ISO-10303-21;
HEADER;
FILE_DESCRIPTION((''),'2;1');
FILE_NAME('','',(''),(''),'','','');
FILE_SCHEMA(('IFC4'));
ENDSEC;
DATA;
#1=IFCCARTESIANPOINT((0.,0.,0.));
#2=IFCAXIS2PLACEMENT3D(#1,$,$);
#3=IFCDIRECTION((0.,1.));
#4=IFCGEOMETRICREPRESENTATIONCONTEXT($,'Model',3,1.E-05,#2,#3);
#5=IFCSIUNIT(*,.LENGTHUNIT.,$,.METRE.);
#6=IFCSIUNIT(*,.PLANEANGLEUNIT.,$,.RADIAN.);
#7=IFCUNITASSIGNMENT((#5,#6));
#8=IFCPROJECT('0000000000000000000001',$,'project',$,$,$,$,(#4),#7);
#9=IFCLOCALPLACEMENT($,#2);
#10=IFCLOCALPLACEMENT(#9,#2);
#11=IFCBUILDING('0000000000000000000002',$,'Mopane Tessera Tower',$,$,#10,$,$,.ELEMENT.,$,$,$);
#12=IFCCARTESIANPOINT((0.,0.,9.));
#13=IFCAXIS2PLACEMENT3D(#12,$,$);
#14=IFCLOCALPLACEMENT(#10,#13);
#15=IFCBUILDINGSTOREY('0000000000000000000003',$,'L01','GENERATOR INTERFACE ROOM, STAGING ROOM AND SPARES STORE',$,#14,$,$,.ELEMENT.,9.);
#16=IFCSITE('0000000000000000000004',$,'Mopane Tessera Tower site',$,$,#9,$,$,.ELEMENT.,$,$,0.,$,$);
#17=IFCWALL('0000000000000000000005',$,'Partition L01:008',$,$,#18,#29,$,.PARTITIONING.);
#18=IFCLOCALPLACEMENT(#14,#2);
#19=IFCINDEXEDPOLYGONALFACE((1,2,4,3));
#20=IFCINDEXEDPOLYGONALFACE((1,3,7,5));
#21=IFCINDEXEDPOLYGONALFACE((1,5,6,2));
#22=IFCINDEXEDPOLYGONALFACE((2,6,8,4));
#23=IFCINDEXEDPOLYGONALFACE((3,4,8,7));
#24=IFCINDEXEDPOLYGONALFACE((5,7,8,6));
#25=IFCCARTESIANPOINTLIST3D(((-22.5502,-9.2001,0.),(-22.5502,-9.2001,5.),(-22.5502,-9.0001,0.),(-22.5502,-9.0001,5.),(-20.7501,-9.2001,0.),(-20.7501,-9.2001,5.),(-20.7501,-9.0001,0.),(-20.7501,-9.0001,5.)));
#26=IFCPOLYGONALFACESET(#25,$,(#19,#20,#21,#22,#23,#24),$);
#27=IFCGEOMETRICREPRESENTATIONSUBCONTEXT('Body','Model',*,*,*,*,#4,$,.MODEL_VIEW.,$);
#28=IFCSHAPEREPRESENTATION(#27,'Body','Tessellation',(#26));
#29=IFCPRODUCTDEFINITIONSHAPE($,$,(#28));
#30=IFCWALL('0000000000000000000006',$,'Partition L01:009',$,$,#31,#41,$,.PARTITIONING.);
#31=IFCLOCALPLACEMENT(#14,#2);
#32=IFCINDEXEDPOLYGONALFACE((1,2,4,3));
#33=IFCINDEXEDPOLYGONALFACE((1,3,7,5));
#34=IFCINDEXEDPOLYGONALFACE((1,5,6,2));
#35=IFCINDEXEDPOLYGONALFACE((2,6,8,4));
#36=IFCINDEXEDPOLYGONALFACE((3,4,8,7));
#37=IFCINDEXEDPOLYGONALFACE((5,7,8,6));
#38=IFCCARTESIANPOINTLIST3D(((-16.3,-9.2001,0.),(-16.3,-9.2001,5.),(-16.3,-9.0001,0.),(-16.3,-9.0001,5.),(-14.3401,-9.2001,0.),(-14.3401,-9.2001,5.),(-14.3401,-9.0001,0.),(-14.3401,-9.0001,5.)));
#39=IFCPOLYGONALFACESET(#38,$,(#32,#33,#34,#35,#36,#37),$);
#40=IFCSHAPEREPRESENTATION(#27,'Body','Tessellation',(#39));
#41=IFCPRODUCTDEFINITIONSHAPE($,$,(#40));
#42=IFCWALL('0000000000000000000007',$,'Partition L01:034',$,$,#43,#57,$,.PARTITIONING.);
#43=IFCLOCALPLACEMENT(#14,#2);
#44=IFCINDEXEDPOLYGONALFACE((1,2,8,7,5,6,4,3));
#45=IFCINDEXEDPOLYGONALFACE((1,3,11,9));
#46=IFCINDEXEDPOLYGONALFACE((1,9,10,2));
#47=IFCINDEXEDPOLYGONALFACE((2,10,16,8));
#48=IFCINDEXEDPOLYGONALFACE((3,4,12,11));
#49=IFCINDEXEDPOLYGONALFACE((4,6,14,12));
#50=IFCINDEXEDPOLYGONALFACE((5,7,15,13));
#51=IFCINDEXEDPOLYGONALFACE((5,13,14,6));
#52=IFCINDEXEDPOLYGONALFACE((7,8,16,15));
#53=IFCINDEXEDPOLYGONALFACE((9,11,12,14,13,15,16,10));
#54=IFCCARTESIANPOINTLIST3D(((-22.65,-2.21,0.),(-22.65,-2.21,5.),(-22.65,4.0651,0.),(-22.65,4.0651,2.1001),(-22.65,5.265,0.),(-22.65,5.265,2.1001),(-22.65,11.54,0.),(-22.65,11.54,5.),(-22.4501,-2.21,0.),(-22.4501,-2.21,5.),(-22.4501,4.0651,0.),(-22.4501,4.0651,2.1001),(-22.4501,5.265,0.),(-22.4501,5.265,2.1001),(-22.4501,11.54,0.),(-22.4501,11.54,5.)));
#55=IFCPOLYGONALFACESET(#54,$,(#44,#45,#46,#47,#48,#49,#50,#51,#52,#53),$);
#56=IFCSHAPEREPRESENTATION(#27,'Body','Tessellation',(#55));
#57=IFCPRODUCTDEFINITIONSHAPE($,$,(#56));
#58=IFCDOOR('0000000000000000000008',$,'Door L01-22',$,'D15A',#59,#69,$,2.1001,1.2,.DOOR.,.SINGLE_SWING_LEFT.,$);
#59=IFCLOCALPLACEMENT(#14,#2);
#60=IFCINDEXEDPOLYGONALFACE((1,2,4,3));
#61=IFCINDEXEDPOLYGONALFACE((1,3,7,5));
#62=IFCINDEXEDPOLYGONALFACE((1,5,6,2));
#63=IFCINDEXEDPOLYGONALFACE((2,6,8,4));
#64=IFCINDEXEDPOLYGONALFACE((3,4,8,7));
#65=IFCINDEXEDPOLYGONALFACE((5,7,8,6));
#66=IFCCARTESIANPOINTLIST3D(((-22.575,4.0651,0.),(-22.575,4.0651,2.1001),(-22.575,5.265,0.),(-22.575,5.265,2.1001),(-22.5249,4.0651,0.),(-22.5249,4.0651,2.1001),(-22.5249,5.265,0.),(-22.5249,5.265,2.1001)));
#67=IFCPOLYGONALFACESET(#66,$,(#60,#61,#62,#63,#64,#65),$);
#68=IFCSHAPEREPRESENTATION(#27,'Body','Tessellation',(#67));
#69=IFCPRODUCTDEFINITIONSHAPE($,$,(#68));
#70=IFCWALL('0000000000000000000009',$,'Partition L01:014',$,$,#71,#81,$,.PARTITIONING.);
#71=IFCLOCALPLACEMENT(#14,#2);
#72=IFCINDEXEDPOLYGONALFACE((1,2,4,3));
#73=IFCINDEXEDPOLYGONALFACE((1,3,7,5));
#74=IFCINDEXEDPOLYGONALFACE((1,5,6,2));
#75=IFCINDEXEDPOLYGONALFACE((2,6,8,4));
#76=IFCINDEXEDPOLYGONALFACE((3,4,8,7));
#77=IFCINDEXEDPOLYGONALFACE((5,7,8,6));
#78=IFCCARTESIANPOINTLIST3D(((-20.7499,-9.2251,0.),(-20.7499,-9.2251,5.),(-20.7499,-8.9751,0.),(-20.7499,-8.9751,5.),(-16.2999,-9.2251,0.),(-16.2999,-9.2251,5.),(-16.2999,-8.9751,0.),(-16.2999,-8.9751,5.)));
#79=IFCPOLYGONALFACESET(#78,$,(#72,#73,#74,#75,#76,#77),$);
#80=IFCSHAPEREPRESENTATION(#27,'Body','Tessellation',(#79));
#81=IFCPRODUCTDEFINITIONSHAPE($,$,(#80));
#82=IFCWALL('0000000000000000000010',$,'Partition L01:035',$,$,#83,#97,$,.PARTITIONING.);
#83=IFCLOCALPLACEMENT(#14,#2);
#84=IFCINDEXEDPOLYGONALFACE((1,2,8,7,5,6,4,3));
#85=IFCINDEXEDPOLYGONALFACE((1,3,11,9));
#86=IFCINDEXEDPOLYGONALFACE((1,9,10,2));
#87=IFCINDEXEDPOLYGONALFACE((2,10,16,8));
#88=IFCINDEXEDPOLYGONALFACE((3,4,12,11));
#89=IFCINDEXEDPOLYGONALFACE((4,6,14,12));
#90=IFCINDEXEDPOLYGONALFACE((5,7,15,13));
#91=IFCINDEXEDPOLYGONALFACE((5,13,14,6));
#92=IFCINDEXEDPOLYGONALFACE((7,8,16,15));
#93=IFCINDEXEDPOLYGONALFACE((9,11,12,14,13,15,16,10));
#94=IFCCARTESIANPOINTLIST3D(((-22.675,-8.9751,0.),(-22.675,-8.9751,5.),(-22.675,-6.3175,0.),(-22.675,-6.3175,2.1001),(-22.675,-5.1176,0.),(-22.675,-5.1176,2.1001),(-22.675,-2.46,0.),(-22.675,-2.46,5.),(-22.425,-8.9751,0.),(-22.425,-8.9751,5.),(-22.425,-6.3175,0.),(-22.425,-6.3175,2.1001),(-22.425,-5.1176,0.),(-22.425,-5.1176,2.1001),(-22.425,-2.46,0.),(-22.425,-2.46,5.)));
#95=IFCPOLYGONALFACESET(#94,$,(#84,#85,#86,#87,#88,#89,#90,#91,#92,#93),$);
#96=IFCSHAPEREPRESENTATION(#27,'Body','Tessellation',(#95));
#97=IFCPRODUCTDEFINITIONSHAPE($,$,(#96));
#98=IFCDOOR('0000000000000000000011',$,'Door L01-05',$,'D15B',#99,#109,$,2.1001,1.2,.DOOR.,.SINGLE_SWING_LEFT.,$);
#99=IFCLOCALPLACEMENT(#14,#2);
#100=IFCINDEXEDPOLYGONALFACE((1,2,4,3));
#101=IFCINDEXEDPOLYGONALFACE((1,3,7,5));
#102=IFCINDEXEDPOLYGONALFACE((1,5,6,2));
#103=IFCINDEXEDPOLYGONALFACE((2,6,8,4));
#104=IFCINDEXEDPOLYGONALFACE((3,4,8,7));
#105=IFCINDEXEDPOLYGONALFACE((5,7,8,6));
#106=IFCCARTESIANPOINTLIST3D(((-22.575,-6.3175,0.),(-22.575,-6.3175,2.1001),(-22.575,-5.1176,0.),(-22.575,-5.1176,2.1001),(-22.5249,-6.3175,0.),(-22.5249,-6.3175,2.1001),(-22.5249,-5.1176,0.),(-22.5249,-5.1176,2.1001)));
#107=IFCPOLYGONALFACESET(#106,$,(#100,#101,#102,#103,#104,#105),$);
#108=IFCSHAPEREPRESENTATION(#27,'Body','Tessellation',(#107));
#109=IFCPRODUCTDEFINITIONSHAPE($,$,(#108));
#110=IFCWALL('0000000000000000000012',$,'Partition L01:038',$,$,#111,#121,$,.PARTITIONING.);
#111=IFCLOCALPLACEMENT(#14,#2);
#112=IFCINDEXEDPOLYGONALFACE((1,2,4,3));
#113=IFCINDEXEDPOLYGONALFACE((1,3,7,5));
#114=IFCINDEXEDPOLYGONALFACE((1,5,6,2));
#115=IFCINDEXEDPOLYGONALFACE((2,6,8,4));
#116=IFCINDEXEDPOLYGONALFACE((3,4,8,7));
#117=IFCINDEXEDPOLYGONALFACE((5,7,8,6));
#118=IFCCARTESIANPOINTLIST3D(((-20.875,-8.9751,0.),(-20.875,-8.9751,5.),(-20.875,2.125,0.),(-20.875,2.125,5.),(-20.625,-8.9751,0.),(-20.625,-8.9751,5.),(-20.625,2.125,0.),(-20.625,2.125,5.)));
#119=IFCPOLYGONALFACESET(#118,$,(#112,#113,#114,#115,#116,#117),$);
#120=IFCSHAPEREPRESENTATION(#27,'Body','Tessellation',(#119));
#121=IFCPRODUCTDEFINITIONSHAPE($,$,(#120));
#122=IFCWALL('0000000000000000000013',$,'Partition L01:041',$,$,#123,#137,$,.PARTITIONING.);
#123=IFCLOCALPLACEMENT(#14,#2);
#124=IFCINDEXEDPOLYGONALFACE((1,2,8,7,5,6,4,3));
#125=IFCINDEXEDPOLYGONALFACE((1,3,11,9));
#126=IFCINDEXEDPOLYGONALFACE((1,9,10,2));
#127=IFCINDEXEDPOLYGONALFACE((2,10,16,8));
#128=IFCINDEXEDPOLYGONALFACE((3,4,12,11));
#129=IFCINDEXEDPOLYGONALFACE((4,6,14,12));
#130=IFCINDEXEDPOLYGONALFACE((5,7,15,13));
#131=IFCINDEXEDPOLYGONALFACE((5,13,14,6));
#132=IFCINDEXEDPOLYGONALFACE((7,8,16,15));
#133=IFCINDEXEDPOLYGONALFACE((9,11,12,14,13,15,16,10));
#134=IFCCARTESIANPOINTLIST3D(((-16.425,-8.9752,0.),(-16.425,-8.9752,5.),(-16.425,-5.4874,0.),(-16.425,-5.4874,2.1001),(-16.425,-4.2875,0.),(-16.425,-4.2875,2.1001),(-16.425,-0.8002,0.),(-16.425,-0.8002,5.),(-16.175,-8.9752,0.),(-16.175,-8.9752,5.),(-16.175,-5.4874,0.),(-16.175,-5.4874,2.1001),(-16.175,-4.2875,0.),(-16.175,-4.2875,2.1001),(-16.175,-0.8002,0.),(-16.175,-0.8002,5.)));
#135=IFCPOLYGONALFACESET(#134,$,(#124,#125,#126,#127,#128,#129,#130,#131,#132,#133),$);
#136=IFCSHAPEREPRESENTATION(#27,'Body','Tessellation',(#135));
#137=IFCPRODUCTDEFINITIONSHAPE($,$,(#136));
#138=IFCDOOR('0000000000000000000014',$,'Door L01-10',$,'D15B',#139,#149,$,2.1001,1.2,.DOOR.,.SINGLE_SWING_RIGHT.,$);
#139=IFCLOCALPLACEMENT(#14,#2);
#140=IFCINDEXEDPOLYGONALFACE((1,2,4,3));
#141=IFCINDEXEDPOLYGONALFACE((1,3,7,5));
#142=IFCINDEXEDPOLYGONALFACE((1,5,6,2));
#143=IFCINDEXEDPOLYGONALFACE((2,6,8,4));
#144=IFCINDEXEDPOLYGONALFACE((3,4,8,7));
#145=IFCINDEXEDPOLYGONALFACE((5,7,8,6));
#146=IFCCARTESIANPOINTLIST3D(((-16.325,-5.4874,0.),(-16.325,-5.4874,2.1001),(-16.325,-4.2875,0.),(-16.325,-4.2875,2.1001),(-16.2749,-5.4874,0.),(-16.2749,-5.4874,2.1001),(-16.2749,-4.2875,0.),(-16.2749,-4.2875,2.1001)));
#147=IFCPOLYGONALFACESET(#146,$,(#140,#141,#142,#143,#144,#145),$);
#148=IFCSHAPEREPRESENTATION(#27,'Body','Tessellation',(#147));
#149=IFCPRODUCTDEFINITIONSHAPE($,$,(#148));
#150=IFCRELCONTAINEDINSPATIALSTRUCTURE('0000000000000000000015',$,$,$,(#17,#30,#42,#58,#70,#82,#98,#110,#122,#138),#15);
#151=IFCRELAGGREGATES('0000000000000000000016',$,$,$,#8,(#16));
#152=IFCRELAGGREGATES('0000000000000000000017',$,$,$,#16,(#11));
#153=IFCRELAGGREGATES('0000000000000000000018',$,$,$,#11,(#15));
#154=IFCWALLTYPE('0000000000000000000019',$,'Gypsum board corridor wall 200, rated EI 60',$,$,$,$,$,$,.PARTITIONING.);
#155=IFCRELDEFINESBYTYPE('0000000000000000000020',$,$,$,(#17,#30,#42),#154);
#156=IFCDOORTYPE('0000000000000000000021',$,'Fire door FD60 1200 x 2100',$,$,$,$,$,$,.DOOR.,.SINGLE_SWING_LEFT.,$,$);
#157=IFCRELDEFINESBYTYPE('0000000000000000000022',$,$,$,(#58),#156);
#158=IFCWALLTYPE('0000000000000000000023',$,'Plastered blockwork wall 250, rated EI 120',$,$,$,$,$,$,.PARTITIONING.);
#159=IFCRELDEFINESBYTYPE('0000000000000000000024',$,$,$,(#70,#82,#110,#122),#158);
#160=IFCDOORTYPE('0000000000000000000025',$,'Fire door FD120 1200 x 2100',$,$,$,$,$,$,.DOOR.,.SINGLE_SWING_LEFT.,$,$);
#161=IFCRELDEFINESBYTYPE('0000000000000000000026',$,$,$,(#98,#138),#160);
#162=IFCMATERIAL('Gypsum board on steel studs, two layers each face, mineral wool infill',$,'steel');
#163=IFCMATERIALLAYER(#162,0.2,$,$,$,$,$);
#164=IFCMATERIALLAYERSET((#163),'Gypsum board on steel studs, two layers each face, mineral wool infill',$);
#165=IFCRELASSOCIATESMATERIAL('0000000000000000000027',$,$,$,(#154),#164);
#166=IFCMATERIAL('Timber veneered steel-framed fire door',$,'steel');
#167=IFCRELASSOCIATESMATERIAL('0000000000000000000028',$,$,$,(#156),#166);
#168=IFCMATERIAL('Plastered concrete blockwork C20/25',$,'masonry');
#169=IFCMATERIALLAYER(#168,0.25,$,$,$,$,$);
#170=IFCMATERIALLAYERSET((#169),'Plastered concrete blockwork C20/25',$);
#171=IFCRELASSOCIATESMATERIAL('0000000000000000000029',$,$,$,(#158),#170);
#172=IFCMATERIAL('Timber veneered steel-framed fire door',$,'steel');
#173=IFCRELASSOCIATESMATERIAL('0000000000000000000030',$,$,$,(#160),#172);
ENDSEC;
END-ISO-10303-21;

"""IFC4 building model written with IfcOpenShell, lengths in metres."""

from ifc_helpers import new_model, si_unit, direction, frame, frame_2d, origin, place, context, subcontext, project, spatial, rectangle, extrude, material, layer, layer_set, type_object, element, fill, save


model = new_model("IFC4")

# Units and contexts
model_context = context("Model", 3, precision=1e-05, world=origin(), true_north=direction((0.0, 1.0)))
body_context = subcontext(model_context, "Body", "Model", "MODEL_VIEW")
ifc_project = project(units=[si_unit("LENGTHUNIT", "METRE"), si_unit("PLANEANGLEUNIT", "RADIAN")], contexts=[model_context])

# Site, building, storey
site_placement = place(None, origin())
site = spatial("IfcSite", under=ifc_project, at=site_placement, Name="Mopane Tessera Tower site", CompositionType="ELEMENT", RefElevation=0.0)
building_placement = place(site_placement, origin())
building = spatial("IfcBuilding", under=site, at=building_placement, Name="Mopane Tessera Tower", CompositionType="ELEMENT")
storey_placement = place(building_placement, frame((0.0, 0.0, 9.0)))
storey = spatial("IfcBuildingStorey", under=building, at=storey_placement, Name="L01", Description="GENERATOR INTERFACE ROOM, STAGING ROOM AND SPARES STORE", CompositionType="ELEMENT", Elevation=9.0)

# Walls
ifc_material_1 = material(Name="Gypsum board on steel studs, two layers each face, mineral wool infill", Category="steel")
ifc_layer_1 = layer(ifc_material_1, 0.2)
ifc_layer_set_1 = layer_set([ifc_layer_1], Name="Gypsum board on steel studs, two layers each face, mineral wool infill")
wall_type_1 = type_object("IfcWallType", Name="Gypsum board corridor wall 200, rated EI 60", PredefinedType="PARTITIONING", material=ifc_layer_set_1)
wall_1_placement = place(storey_placement, frame((-22.55, -9.1001, 0.0), z_axis=(0.0, 0.0, 1.0), x_axis=(1.0, 0.0, 0.0)))
element("IfcWall", 1, at=wall_1_placement, inside=storey, type_object=wall_type_1, Name="Partition L01:008", PredefinedType="PARTITIONING", context=body_context, shape_type="SweptSolid", body=[
    extrude(rectangle(XDim=1.8, YDim=0.2, at=frame_2d((0.8999, 0.0))), origin(), (0.0, 0.0, 1.0), 5.0),
])
wall_2_placement = place(storey_placement, frame((-16.3, -9.1001, 0.0), z_axis=(0.0, 0.0, 1.0), x_axis=(1.0, 0.0, 0.0)))
element("IfcWall", 2, at=wall_2_placement, inside=storey, type_object=wall_type_1, Name="Partition L01:009", PredefinedType="PARTITIONING", context=body_context, shape_type="SweptSolid", body=[
    extrude(rectangle(XDim=1.96, YDim=0.2, at=frame_2d((0.98, 0.0))), origin(), (0.0, 0.0, 1.0), 5.0),
])

# Wall, opening, door
wall_3_placement = place(storey_placement, frame((-22.55, -2.21, 0.0), z_axis=(0.0, 0.0, 1.0), x_axis=(0.0, 1.0, 0.0)))
wall_3 = element("IfcWall", 3, at=wall_3_placement, inside=storey, type_object=wall_type_1, Name="Partition L01:034", PredefinedType="PARTITIONING", context=body_context, shape_type="SweptSolid", body=[
    extrude(rectangle(XDim=13.75, YDim=0.2, at=frame_2d((6.875, 0.0))), origin(), (0.0, 0.0, 1.0), 5.0),
])
opening_1_placement = place(wall_3_placement, frame((6.2749, 0.0, 0.0)))
opening_1 = element("IfcOpeningElement", 4, at=opening_1_placement, cuts=wall_3, PredefinedType="OPENING", context=body_context, shape_type="SweptSolid", body=[
    extrude(rectangle(XDim=1.2, YDim=2.1001, at=frame_2d((0.6001, 1.05))), frame((0.0, 0.1121, 0.0), z_axis=(0.0, -1.0, 0.0), x_axis=(1.0, 0.0, 0.0)), (0.0, 0.0, 1.0), 0.2239),
])
ifc_material_2 = material(Name="Timber veneered steel-framed fire door", Category="steel")
door_type_1 = type_object("IfcDoorType", Name="Fire door FD60 1200 x 2100", OperationType="SINGLE_SWING_LEFT", PredefinedType="DOOR", material=ifc_material_2)
door_1_placement = place(opening_1_placement, origin())
door_1 = element("IfcDoor", 5, at=door_1_placement, inside=storey, type_object=door_type_1, Name="Door L01-22", ObjectType="D15A", OperationType="SINGLE_SWING_LEFT", OverallHeight=2.1001, OverallWidth=1.2, PredefinedType="DOOR", context=body_context, shape_type="SweptSolid", body=[
    extrude(rectangle(XDim=1.2, YDim=2.1001, at=frame_2d((0.6001, 1.05))), frame((0.0, 0.0249, 0.0), z_axis=(0.0, -1.0, 0.0), x_axis=(1.0, 0.0, 0.0)), (0.0, 0.0, 1.0), 0.05),
])
fill(opening_1, door_1)

# Wall
ifc_material_3 = material(Name="Plastered concrete blockwork C20/25", Category="masonry")
ifc_layer_2 = layer(ifc_material_3, 0.25)
ifc_layer_set_2 = layer_set([ifc_layer_2], Name="Plastered concrete blockwork C20/25")
wall_type_2 = type_object("IfcWallType", Name="Plastered blockwork wall 250, rated EI 120", PredefinedType="PARTITIONING", material=ifc_layer_set_2)
wall_4_placement = place(storey_placement, frame((-20.75, -9.1001, 0.0), z_axis=(0.0, 0.0, 1.0), x_axis=(1.0, 0.0, 0.0)))
element("IfcWall", 6, at=wall_4_placement, inside=storey, type_object=wall_type_2, Name="Partition L01:014", PredefinedType="PARTITIONING", context=body_context, shape_type="SweptSolid", body=[
    extrude(rectangle(XDim=4.45, YDim=0.25, at=frame_2d((2.2251, 0.0))), origin(), (0.0, 0.0, 1.0), 5.0),
])

# Wall, opening, door
wall_5_placement = place(storey_placement, frame((-22.55, -8.9751, 0.0), z_axis=(0.0, 0.0, 1.0), x_axis=(0.0, 1.0, 0.0)))
wall_5 = element("IfcWall", 7, at=wall_5_placement, inside=storey, type_object=wall_type_2, Name="Partition L01:035", PredefinedType="PARTITIONING", context=body_context, shape_type="SweptSolid", body=[
    extrude(rectangle(XDim=6.5151, YDim=0.25, at=frame_2d((3.2576, 0.0))), origin(), (0.0, 0.0, 1.0), 5.0),
])
opening_2_placement = place(wall_5_placement, frame((2.6575, 0.0, 0.0)))
opening_2 = element("IfcOpeningElement", 8, at=opening_2_placement, cuts=wall_5, PredefinedType="OPENING", context=body_context, shape_type="SweptSolid", body=[
    extrude(rectangle(XDim=1.2, YDim=2.1001, at=frame_2d((0.6001, 1.05))), frame((0.0, 0.137, 0.0), z_axis=(0.0, -1.0, 0.0), x_axis=(1.0, 0.0, 0.0)), (0.0, 0.0, 1.0), 0.2739),
])
ifc_material_4 = material(Name="Timber veneered steel-framed fire door", Category="steel")
door_type_2 = type_object("IfcDoorType", Name="Fire door FD120 1200 x 2100", OperationType="SINGLE_SWING_LEFT", PredefinedType="DOOR", material=ifc_material_4)
door_2_placement = place(opening_2_placement, origin())
door_2 = element("IfcDoor", 9, at=door_2_placement, inside=storey, type_object=door_type_2, Name="Door L01-05", ObjectType="D15B", OperationType="SINGLE_SWING_LEFT", OverallHeight=2.1001, OverallWidth=1.2, PredefinedType="DOOR", context=body_context, shape_type="SweptSolid", body=[
    extrude(rectangle(XDim=1.2, YDim=2.1001, at=frame_2d((0.6001, 1.05))), frame((0.0, 0.0249, 0.0), z_axis=(0.0, -1.0, 0.0), x_axis=(1.0, 0.0, 0.0)), (0.0, 0.0, 1.0), 0.05),
])
fill(opening_2, door_2)

# Wall
wall_6_placement = place(storey_placement, frame((-20.75, -8.9751, 0.0), z_axis=(0.0, 0.0, 1.0), x_axis=(0.0, 1.0, 0.0)))
element("IfcWall", 10, at=wall_6_placement, inside=storey, type_object=wall_type_2, Name="Partition L01:038", PredefinedType="PARTITIONING", context=body_context, shape_type="SweptSolid", body=[
    extrude(rectangle(XDim=11.1001, YDim=0.25, at=frame_2d((5.55, 0.0))), origin(), (0.0, 0.0, 1.0), 5.0),
])

# Wall, opening, door
wall_7_placement = place(storey_placement, frame((-16.3, -8.9751, 0.0), z_axis=(0.0, 0.0, 1.0), x_axis=(0.0, 1.0, 0.0)))
wall_7 = element("IfcWall", 11, at=wall_7_placement, inside=storey, type_object=wall_type_2, Name="Partition L01:041", PredefinedType="PARTITIONING", context=body_context, shape_type="SweptSolid", body=[
    extrude(rectangle(XDim=8.175, YDim=0.25, at=frame_2d((4.0874, 0.0))), origin(), (0.0, 0.0, 1.0), 5.0),
])
opening_3_placement = place(wall_7_placement, frame((3.4875, 0.0, 0.0)))
opening_3 = element("IfcOpeningElement", 12, at=opening_3_placement, cuts=wall_7, PredefinedType="OPENING", context=body_context, shape_type="SweptSolid", body=[
    extrude(rectangle(XDim=1.2, YDim=2.1001, at=frame_2d((0.6001, 1.05))), frame((0.0, 0.137, 0.0), z_axis=(0.0, -1.0, 0.0), x_axis=(1.0, 0.0, 0.0)), (0.0, 0.0, 1.0), 0.2739),
])
door_3_placement = place(opening_3_placement, origin())
door_3 = element("IfcDoor", 13, at=door_3_placement, inside=storey, type_object=door_type_2, Name="Door L01-10", ObjectType="D15B", OperationType="SINGLE_SWING_RIGHT", OverallHeight=2.1001, OverallWidth=1.2, PredefinedType="DOOR", context=body_context, shape_type="SweptSolid", body=[
    extrude(rectangle(XDim=1.2, YDim=2.1001, at=frame_2d((0.6001, 1.05))), frame((0.0, 0.0249, 0.0), z_axis=(0.0, -1.0, 0.0), x_axis=(1.0, 0.0, 0.0)), (0.0, 0.0, 1.0), 0.05),
])
fill(opening_3, door_3)

save(model, "model.ifc")
